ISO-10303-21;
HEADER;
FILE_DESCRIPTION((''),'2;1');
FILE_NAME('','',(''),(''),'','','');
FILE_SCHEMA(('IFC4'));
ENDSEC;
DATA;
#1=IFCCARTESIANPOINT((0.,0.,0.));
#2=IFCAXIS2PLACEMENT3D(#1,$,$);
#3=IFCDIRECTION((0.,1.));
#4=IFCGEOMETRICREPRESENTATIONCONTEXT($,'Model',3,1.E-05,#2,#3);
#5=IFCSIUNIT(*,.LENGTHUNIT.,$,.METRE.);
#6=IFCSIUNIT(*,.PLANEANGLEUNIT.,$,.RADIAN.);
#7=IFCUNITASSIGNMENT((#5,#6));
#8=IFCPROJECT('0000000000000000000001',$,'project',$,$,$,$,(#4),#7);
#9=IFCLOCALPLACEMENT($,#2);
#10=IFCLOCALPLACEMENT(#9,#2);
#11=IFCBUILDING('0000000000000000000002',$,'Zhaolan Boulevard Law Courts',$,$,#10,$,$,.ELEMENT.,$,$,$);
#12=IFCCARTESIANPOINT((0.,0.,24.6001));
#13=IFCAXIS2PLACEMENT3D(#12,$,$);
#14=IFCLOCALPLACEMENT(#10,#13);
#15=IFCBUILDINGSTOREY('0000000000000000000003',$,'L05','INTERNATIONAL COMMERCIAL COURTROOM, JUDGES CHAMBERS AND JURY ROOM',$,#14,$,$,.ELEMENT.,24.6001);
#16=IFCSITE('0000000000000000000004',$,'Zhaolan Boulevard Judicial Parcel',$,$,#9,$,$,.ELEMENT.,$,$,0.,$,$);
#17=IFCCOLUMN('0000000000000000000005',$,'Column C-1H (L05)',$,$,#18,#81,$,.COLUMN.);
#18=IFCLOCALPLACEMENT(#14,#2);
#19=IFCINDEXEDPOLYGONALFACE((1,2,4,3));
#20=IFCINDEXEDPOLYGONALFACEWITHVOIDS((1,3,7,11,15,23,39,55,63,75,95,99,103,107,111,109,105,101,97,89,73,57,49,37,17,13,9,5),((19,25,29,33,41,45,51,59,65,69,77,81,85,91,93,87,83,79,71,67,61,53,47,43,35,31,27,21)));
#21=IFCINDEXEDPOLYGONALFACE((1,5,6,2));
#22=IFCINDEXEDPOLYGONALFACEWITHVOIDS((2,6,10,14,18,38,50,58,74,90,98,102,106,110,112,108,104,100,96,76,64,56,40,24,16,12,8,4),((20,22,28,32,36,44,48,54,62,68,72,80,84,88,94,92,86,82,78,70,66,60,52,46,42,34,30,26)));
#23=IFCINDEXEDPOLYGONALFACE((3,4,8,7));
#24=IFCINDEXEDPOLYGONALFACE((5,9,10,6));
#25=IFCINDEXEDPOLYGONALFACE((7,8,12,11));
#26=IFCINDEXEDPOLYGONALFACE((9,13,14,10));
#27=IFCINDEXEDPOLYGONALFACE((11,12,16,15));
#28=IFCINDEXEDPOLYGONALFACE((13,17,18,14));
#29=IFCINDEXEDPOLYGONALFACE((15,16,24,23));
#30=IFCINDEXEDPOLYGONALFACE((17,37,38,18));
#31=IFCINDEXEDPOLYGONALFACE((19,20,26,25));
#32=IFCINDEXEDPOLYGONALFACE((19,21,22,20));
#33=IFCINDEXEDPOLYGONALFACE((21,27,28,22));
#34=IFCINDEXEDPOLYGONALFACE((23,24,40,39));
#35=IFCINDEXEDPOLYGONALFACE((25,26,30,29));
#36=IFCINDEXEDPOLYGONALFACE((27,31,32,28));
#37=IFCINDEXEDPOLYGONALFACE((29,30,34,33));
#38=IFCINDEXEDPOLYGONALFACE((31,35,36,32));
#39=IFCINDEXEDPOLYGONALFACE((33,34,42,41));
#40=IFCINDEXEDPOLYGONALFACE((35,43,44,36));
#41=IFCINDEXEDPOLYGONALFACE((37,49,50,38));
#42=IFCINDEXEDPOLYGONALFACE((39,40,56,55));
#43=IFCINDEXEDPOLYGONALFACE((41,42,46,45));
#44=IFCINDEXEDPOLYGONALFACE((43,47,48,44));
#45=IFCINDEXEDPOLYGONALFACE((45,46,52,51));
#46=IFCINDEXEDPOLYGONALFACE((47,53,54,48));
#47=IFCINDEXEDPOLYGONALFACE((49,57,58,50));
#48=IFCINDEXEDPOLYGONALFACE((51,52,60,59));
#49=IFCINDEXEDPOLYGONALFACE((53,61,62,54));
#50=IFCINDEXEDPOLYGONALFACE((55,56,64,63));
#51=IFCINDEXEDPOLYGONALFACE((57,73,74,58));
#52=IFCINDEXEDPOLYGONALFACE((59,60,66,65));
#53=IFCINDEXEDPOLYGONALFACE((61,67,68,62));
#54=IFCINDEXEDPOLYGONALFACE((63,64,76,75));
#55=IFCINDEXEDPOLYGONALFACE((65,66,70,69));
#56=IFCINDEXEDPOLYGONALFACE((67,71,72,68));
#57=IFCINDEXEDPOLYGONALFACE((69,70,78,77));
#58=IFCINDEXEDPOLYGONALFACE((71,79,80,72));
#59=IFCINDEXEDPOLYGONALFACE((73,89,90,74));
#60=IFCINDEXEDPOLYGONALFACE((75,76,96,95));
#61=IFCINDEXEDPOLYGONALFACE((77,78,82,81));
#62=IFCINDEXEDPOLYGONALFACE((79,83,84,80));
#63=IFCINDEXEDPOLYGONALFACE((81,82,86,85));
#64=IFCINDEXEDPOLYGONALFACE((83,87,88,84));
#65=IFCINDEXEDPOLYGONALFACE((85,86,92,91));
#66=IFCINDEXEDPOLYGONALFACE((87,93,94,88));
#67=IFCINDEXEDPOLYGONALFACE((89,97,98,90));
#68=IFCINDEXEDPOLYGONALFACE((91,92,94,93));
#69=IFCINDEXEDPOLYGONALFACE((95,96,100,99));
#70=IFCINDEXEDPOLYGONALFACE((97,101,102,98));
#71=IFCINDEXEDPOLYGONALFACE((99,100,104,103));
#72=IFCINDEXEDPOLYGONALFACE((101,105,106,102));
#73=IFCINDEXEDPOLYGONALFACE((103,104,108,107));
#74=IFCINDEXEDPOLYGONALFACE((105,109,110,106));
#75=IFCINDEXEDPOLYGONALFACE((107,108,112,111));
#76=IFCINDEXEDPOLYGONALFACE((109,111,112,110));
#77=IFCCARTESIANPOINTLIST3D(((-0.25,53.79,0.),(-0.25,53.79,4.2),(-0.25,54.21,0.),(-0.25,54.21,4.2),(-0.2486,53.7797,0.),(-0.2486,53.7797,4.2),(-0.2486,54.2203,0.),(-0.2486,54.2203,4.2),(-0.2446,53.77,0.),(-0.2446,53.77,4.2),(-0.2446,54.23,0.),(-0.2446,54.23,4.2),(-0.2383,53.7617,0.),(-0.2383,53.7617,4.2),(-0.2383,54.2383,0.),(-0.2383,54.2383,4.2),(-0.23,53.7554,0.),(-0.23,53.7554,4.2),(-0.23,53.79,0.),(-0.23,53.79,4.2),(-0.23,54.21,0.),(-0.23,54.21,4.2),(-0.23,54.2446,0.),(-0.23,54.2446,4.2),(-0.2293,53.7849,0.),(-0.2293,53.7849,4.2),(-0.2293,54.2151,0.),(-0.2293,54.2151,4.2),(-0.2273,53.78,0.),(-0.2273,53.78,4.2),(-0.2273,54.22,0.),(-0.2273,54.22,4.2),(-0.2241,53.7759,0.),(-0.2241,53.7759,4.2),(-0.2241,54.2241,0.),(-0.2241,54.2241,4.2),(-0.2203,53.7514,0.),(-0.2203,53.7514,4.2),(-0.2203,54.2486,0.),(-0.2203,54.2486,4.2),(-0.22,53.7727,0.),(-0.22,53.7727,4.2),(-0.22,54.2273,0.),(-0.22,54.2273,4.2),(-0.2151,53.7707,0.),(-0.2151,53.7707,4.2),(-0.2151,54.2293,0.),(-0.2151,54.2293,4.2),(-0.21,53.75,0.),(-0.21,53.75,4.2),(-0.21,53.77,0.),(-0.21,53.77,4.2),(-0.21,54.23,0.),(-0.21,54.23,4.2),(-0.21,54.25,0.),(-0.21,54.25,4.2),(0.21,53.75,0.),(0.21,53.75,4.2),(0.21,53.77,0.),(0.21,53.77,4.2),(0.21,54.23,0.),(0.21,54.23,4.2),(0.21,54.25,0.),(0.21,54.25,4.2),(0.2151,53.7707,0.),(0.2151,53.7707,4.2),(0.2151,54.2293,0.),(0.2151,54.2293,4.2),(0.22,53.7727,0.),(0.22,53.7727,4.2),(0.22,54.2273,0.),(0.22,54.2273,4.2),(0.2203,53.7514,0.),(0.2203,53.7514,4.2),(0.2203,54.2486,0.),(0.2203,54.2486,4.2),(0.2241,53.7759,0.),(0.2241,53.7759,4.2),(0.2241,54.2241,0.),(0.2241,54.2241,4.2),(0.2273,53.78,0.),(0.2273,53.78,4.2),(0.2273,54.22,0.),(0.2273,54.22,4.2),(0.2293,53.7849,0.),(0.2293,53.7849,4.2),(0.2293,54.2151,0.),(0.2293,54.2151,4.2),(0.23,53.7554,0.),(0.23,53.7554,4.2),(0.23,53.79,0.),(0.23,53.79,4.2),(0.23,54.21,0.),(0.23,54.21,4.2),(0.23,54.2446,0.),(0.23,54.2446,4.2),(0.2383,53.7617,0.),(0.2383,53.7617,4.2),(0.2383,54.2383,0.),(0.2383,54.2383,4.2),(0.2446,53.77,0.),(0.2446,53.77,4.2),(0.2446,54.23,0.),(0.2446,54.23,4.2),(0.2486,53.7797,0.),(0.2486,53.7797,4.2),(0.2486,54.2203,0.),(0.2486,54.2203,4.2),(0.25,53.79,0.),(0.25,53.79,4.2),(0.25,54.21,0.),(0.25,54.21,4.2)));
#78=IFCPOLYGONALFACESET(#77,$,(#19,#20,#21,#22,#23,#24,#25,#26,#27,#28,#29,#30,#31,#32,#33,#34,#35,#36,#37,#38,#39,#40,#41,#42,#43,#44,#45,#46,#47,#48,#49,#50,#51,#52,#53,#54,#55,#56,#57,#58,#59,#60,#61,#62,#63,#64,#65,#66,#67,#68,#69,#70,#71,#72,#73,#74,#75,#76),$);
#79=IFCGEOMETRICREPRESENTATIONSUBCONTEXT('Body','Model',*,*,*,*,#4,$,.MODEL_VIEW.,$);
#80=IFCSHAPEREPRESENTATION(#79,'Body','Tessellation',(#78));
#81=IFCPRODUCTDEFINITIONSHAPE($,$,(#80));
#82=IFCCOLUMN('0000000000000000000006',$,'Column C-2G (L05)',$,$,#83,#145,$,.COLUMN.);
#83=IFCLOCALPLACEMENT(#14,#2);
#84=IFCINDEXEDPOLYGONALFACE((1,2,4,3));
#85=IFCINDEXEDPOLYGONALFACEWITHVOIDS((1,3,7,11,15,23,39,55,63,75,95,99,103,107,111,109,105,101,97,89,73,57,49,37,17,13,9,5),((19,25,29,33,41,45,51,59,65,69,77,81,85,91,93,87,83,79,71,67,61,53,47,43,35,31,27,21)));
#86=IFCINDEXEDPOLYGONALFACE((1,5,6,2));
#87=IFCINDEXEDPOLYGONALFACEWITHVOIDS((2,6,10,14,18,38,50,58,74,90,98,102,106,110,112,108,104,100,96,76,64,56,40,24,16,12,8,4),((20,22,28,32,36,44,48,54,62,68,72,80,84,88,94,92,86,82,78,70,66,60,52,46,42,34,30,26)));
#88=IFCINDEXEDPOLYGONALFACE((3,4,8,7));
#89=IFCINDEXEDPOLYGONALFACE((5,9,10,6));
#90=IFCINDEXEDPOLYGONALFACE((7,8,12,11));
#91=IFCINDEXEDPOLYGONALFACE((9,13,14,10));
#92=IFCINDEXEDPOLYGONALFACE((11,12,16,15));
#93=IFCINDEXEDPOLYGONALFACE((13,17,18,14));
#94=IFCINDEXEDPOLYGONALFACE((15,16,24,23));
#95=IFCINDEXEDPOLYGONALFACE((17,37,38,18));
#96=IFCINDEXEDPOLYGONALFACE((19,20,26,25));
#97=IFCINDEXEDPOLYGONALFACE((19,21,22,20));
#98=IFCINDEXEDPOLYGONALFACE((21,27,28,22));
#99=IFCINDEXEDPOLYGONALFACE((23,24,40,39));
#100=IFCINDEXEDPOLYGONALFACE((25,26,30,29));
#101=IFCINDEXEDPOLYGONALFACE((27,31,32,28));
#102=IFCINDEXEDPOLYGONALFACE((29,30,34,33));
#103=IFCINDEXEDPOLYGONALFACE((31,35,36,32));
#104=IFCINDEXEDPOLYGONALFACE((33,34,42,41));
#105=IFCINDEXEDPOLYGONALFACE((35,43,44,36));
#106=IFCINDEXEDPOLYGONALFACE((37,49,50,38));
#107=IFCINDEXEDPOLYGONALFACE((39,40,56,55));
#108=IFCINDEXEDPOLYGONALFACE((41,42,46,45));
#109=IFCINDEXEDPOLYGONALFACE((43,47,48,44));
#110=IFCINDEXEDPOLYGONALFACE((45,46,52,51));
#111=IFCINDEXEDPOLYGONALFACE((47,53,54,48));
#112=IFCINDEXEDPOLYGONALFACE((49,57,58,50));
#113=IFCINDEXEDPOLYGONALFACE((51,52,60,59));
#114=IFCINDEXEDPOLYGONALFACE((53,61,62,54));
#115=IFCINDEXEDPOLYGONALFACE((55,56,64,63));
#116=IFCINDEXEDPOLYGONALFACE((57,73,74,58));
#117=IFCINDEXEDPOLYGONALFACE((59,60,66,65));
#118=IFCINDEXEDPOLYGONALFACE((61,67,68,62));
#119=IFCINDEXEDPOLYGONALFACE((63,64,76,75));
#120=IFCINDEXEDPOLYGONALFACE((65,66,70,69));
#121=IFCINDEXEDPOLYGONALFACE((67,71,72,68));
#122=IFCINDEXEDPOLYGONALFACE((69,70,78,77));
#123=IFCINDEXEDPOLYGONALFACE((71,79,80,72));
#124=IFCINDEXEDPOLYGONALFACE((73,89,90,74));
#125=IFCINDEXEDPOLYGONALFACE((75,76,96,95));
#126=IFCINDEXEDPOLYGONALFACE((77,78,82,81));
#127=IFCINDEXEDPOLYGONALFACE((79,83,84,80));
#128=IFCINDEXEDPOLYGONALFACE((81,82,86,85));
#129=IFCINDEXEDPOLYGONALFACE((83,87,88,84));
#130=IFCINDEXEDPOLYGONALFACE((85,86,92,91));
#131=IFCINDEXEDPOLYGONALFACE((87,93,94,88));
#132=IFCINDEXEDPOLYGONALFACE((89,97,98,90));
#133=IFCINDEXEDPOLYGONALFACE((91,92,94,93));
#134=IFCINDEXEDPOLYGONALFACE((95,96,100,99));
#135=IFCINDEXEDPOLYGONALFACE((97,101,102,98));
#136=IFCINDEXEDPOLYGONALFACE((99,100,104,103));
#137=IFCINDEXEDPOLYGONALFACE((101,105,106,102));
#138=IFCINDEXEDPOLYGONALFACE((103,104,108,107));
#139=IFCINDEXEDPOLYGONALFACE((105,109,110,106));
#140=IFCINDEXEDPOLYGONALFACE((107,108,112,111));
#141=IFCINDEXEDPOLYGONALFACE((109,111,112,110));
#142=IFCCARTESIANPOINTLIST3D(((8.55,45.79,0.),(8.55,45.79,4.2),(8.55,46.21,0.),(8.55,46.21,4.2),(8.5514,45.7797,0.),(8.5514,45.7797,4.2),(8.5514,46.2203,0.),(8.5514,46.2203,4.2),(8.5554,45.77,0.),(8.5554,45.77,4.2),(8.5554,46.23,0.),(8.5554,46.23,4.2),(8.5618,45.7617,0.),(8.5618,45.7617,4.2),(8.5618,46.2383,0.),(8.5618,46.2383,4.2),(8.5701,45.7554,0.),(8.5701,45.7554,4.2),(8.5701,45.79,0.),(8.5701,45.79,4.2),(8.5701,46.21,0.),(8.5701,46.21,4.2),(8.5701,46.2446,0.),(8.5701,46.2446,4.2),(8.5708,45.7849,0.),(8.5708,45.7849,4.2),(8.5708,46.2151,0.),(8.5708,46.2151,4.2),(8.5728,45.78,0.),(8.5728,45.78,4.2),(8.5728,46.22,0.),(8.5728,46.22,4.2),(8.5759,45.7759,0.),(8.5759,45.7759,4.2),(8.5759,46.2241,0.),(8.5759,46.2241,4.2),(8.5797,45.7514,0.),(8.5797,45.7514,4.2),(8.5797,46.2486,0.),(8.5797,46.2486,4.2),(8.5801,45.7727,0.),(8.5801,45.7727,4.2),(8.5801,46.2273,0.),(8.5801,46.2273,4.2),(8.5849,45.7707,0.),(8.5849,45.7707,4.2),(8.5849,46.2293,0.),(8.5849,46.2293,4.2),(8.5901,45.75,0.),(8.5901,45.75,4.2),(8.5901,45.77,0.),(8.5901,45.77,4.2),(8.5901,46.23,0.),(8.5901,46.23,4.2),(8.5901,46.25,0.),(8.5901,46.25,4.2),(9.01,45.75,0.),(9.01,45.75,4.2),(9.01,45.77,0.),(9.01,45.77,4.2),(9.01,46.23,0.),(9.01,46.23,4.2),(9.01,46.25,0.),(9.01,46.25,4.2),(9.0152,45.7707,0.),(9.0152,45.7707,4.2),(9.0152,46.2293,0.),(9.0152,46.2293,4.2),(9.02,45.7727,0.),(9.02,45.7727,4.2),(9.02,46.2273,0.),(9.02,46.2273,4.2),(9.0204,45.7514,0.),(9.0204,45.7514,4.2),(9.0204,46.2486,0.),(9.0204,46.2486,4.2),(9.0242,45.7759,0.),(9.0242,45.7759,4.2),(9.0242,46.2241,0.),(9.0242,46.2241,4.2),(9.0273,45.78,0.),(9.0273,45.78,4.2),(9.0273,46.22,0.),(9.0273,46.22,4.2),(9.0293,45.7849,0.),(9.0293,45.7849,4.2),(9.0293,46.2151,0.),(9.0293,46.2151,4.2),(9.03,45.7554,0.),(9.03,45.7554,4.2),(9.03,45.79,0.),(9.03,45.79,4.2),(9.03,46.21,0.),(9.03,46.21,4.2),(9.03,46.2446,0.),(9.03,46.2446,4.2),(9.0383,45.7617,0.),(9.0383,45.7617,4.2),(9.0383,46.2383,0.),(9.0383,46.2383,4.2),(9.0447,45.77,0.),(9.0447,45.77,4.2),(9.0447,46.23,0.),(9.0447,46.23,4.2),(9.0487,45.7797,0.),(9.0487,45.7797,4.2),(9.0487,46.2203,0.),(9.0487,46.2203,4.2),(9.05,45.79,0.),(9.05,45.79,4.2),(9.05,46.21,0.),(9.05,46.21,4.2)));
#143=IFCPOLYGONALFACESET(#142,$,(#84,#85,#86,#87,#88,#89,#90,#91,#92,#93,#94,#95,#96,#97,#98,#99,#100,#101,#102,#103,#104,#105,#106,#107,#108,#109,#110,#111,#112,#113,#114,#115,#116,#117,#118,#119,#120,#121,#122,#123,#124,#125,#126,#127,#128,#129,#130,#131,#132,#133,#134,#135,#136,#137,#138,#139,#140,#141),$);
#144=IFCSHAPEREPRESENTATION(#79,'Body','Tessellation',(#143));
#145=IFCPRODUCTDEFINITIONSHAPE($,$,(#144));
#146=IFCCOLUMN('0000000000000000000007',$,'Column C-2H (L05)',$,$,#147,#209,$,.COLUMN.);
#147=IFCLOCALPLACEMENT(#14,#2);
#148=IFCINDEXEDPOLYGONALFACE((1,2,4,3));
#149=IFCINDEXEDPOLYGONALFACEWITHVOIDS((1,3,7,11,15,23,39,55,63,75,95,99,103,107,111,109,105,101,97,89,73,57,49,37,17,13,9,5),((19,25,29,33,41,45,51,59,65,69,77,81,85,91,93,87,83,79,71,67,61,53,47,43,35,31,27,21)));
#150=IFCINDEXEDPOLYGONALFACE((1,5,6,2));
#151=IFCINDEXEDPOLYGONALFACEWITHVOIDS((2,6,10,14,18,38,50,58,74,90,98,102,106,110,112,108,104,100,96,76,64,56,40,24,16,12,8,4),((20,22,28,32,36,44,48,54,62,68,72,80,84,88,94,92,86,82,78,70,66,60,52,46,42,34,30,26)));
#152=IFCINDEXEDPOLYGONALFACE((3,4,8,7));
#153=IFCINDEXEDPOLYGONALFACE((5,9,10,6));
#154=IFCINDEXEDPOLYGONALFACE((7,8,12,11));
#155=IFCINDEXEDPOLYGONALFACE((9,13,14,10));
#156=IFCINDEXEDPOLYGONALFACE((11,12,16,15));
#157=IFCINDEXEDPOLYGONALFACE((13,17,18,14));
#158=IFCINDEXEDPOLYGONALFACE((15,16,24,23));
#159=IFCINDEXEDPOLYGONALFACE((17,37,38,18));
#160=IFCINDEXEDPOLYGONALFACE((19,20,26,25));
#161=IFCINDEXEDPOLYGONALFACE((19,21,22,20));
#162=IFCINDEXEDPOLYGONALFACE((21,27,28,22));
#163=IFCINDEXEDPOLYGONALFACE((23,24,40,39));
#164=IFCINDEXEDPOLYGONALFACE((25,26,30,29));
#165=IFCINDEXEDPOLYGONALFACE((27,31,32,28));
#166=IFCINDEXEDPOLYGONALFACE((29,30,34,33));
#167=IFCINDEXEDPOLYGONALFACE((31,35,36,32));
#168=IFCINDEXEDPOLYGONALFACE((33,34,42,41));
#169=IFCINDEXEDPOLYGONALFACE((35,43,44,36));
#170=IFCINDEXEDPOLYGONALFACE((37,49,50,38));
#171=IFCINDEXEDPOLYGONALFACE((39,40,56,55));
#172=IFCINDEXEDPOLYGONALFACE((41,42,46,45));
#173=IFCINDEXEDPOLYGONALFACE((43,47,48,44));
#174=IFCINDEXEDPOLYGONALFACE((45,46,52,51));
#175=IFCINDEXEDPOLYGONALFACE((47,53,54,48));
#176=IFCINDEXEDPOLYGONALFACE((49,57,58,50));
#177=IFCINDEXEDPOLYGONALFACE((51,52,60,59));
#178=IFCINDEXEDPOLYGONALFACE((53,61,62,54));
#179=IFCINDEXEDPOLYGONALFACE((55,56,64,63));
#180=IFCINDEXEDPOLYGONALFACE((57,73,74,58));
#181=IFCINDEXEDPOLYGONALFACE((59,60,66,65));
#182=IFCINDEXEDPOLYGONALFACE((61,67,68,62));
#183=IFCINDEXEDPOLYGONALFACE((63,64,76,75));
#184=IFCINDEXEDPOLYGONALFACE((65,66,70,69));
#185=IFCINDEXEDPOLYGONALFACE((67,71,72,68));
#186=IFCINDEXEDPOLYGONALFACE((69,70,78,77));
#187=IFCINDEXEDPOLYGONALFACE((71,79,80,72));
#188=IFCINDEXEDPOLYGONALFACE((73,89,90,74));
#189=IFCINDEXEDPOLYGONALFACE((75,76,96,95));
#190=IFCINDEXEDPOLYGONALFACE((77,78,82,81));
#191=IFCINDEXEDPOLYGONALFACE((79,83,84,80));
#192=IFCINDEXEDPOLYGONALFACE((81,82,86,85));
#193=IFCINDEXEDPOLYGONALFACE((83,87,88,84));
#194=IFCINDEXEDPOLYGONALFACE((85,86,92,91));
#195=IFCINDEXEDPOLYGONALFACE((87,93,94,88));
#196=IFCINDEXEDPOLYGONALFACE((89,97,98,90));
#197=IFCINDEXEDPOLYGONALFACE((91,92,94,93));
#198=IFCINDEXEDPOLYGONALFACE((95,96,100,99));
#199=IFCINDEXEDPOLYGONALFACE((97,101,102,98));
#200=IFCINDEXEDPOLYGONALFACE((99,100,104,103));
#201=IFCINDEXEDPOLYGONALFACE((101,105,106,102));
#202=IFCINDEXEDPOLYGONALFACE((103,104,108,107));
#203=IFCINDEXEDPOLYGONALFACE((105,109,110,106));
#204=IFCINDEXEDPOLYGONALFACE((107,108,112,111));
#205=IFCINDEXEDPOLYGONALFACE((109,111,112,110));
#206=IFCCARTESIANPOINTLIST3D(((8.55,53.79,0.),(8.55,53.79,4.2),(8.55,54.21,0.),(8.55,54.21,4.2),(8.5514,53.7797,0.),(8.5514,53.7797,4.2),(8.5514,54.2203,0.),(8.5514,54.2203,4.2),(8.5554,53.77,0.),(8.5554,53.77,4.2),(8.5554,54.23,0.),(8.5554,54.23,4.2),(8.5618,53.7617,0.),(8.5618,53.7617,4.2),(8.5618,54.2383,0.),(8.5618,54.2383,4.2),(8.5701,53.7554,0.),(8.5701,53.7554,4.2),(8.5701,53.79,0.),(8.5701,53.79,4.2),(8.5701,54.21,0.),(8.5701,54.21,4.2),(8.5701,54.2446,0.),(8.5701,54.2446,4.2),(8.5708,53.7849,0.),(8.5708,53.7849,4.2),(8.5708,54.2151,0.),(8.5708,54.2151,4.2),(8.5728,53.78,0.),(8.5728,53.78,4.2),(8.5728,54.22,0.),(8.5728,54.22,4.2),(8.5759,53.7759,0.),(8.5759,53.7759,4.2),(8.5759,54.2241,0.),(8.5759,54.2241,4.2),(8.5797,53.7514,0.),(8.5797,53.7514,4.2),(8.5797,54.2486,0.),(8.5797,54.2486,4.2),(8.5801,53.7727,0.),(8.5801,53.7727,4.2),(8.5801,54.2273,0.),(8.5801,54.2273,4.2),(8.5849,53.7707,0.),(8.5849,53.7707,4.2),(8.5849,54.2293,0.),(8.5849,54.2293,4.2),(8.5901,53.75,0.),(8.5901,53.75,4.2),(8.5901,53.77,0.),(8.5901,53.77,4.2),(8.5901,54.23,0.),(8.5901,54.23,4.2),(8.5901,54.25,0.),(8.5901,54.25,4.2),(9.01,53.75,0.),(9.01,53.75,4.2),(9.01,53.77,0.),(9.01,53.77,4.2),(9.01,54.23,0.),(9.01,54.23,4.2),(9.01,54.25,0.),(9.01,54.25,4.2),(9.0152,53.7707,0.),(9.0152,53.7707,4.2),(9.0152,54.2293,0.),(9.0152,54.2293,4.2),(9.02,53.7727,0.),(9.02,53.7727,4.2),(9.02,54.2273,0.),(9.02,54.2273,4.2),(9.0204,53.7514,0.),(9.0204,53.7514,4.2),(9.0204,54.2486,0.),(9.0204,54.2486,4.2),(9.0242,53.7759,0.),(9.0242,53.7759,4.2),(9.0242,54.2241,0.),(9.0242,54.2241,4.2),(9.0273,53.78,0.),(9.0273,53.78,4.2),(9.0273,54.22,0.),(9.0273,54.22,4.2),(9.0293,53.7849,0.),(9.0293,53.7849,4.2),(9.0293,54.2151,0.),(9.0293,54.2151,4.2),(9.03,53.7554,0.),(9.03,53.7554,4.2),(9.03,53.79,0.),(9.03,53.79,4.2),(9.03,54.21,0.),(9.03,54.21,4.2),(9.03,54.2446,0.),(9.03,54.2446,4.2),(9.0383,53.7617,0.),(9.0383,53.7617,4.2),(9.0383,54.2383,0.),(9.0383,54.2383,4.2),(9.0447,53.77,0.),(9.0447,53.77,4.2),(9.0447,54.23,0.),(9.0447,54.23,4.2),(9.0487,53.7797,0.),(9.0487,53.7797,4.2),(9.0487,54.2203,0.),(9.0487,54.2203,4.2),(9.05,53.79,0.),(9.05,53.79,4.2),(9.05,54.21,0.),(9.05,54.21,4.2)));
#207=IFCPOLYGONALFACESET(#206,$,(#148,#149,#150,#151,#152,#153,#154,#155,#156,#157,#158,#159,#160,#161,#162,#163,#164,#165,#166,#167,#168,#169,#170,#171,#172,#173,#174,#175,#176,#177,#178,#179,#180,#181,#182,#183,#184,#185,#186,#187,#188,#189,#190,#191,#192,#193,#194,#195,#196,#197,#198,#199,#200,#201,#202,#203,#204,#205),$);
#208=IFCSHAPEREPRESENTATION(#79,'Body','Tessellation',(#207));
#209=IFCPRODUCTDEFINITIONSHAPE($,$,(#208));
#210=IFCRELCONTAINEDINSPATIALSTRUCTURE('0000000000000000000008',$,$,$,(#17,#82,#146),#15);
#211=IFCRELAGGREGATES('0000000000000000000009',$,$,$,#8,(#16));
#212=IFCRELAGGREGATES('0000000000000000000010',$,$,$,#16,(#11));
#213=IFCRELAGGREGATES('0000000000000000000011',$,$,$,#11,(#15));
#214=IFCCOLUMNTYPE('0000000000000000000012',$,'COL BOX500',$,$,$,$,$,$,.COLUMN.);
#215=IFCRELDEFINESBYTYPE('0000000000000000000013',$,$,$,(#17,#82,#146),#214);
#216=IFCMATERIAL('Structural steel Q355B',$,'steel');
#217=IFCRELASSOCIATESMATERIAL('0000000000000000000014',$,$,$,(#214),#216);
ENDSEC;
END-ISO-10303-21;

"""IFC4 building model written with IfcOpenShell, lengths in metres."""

from ifc_helpers import new_model, si_unit, direction, frame, origin, origin_2d, place, context, subcontext, project, spatial, hollow_rectangle, extrude, material, material_profile, profile_set, type_object, element, save


model = new_model("IFC4")

# Units and contexts
model_context = context("Model", 3, precision=1e-05, world=origin(), true_north=direction((0.0, 1.0)))
body_context = subcontext(model_context, "Body", "Model", "MODEL_VIEW")
ifc_project = project(units=[si_unit("LENGTHUNIT", "METRE"), si_unit("PLANEANGLEUNIT", "RADIAN")], contexts=[model_context])

# Site, building, storey
site_placement = place(None, origin())
site = spatial("IfcSite", under=ifc_project, at=site_placement, Name="Zhaolan Boulevard Judicial Parcel", CompositionType="ELEMENT", RefElevation=0.0)
building_placement = place(site_placement, origin())
building = spatial("IfcBuilding", under=site, at=building_placement, Name="Zhaolan Boulevard Law Courts", CompositionType="ELEMENT")
storey_placement = place(building_placement, frame((0.0, 0.0, 24.6001)))
storey = spatial("IfcBuildingStorey", under=building, at=storey_placement, Name="L05", Description="INTERNATIONAL COMMERCIAL COURTROOM, JUDGES CHAMBERS AND JURY ROOM", CompositionType="ELEMENT", Elevation=24.6001)

# Columns
ifc_material_1 = material(Name="Structural steel Q355B", Category="steel")
ifc_material_profile_1 = material_profile(ifc_material_1, hollow_rectangle(XDim=0.5, YDim=0.5, WallThickness=0.02, InnerFilletRadius=0.02, OuterFilletRadius=0.04, at=origin_2d()), Name="BOX500x500x20")
ifc_profile_set_1 = profile_set([ifc_material_profile_1], Name="Structural steel Q355B")
column_type = type_object("IfcColumnType", Name="COL BOX500", PredefinedType="COLUMN", material=ifc_profile_set_1)
for number, where, z_axis, x_axis, name in (
    (1, (0.0, 54.0, 0.0), (0.0, 0.0, 1.0), (1.0, 0.0, 0.0), "Column C-1H (L05)"),
    (2, (8.8, 46.0, 0.0), (0.0, 0.0, 1.0), (1.0, 0.0, 0.0), "Column C-2G (L05)"),
    (3, (8.8, 54.0, 0.0), (0.0, 0.0, 1.0), (1.0, 0.0, 0.0), "Column C-2H (L05)"),
):
    element("IfcColumn", number, at=place(storey_placement, frame(where, z_axis=z_axis, x_axis=x_axis)), inside=storey, type_object=column_type, Name=name, PredefinedType="COLUMN", context=body_context, shape_type="SweptSolid", body=[
        extrude(hollow_rectangle(XDim=0.5, YDim=0.5, WallThickness=0.02, InnerFilletRadius=0.02, OuterFilletRadius=0.04, at=origin_2d()), origin(), (0.0, 0.0, 1.0), 4.2),
    ])

save(model, "model.ifc")
